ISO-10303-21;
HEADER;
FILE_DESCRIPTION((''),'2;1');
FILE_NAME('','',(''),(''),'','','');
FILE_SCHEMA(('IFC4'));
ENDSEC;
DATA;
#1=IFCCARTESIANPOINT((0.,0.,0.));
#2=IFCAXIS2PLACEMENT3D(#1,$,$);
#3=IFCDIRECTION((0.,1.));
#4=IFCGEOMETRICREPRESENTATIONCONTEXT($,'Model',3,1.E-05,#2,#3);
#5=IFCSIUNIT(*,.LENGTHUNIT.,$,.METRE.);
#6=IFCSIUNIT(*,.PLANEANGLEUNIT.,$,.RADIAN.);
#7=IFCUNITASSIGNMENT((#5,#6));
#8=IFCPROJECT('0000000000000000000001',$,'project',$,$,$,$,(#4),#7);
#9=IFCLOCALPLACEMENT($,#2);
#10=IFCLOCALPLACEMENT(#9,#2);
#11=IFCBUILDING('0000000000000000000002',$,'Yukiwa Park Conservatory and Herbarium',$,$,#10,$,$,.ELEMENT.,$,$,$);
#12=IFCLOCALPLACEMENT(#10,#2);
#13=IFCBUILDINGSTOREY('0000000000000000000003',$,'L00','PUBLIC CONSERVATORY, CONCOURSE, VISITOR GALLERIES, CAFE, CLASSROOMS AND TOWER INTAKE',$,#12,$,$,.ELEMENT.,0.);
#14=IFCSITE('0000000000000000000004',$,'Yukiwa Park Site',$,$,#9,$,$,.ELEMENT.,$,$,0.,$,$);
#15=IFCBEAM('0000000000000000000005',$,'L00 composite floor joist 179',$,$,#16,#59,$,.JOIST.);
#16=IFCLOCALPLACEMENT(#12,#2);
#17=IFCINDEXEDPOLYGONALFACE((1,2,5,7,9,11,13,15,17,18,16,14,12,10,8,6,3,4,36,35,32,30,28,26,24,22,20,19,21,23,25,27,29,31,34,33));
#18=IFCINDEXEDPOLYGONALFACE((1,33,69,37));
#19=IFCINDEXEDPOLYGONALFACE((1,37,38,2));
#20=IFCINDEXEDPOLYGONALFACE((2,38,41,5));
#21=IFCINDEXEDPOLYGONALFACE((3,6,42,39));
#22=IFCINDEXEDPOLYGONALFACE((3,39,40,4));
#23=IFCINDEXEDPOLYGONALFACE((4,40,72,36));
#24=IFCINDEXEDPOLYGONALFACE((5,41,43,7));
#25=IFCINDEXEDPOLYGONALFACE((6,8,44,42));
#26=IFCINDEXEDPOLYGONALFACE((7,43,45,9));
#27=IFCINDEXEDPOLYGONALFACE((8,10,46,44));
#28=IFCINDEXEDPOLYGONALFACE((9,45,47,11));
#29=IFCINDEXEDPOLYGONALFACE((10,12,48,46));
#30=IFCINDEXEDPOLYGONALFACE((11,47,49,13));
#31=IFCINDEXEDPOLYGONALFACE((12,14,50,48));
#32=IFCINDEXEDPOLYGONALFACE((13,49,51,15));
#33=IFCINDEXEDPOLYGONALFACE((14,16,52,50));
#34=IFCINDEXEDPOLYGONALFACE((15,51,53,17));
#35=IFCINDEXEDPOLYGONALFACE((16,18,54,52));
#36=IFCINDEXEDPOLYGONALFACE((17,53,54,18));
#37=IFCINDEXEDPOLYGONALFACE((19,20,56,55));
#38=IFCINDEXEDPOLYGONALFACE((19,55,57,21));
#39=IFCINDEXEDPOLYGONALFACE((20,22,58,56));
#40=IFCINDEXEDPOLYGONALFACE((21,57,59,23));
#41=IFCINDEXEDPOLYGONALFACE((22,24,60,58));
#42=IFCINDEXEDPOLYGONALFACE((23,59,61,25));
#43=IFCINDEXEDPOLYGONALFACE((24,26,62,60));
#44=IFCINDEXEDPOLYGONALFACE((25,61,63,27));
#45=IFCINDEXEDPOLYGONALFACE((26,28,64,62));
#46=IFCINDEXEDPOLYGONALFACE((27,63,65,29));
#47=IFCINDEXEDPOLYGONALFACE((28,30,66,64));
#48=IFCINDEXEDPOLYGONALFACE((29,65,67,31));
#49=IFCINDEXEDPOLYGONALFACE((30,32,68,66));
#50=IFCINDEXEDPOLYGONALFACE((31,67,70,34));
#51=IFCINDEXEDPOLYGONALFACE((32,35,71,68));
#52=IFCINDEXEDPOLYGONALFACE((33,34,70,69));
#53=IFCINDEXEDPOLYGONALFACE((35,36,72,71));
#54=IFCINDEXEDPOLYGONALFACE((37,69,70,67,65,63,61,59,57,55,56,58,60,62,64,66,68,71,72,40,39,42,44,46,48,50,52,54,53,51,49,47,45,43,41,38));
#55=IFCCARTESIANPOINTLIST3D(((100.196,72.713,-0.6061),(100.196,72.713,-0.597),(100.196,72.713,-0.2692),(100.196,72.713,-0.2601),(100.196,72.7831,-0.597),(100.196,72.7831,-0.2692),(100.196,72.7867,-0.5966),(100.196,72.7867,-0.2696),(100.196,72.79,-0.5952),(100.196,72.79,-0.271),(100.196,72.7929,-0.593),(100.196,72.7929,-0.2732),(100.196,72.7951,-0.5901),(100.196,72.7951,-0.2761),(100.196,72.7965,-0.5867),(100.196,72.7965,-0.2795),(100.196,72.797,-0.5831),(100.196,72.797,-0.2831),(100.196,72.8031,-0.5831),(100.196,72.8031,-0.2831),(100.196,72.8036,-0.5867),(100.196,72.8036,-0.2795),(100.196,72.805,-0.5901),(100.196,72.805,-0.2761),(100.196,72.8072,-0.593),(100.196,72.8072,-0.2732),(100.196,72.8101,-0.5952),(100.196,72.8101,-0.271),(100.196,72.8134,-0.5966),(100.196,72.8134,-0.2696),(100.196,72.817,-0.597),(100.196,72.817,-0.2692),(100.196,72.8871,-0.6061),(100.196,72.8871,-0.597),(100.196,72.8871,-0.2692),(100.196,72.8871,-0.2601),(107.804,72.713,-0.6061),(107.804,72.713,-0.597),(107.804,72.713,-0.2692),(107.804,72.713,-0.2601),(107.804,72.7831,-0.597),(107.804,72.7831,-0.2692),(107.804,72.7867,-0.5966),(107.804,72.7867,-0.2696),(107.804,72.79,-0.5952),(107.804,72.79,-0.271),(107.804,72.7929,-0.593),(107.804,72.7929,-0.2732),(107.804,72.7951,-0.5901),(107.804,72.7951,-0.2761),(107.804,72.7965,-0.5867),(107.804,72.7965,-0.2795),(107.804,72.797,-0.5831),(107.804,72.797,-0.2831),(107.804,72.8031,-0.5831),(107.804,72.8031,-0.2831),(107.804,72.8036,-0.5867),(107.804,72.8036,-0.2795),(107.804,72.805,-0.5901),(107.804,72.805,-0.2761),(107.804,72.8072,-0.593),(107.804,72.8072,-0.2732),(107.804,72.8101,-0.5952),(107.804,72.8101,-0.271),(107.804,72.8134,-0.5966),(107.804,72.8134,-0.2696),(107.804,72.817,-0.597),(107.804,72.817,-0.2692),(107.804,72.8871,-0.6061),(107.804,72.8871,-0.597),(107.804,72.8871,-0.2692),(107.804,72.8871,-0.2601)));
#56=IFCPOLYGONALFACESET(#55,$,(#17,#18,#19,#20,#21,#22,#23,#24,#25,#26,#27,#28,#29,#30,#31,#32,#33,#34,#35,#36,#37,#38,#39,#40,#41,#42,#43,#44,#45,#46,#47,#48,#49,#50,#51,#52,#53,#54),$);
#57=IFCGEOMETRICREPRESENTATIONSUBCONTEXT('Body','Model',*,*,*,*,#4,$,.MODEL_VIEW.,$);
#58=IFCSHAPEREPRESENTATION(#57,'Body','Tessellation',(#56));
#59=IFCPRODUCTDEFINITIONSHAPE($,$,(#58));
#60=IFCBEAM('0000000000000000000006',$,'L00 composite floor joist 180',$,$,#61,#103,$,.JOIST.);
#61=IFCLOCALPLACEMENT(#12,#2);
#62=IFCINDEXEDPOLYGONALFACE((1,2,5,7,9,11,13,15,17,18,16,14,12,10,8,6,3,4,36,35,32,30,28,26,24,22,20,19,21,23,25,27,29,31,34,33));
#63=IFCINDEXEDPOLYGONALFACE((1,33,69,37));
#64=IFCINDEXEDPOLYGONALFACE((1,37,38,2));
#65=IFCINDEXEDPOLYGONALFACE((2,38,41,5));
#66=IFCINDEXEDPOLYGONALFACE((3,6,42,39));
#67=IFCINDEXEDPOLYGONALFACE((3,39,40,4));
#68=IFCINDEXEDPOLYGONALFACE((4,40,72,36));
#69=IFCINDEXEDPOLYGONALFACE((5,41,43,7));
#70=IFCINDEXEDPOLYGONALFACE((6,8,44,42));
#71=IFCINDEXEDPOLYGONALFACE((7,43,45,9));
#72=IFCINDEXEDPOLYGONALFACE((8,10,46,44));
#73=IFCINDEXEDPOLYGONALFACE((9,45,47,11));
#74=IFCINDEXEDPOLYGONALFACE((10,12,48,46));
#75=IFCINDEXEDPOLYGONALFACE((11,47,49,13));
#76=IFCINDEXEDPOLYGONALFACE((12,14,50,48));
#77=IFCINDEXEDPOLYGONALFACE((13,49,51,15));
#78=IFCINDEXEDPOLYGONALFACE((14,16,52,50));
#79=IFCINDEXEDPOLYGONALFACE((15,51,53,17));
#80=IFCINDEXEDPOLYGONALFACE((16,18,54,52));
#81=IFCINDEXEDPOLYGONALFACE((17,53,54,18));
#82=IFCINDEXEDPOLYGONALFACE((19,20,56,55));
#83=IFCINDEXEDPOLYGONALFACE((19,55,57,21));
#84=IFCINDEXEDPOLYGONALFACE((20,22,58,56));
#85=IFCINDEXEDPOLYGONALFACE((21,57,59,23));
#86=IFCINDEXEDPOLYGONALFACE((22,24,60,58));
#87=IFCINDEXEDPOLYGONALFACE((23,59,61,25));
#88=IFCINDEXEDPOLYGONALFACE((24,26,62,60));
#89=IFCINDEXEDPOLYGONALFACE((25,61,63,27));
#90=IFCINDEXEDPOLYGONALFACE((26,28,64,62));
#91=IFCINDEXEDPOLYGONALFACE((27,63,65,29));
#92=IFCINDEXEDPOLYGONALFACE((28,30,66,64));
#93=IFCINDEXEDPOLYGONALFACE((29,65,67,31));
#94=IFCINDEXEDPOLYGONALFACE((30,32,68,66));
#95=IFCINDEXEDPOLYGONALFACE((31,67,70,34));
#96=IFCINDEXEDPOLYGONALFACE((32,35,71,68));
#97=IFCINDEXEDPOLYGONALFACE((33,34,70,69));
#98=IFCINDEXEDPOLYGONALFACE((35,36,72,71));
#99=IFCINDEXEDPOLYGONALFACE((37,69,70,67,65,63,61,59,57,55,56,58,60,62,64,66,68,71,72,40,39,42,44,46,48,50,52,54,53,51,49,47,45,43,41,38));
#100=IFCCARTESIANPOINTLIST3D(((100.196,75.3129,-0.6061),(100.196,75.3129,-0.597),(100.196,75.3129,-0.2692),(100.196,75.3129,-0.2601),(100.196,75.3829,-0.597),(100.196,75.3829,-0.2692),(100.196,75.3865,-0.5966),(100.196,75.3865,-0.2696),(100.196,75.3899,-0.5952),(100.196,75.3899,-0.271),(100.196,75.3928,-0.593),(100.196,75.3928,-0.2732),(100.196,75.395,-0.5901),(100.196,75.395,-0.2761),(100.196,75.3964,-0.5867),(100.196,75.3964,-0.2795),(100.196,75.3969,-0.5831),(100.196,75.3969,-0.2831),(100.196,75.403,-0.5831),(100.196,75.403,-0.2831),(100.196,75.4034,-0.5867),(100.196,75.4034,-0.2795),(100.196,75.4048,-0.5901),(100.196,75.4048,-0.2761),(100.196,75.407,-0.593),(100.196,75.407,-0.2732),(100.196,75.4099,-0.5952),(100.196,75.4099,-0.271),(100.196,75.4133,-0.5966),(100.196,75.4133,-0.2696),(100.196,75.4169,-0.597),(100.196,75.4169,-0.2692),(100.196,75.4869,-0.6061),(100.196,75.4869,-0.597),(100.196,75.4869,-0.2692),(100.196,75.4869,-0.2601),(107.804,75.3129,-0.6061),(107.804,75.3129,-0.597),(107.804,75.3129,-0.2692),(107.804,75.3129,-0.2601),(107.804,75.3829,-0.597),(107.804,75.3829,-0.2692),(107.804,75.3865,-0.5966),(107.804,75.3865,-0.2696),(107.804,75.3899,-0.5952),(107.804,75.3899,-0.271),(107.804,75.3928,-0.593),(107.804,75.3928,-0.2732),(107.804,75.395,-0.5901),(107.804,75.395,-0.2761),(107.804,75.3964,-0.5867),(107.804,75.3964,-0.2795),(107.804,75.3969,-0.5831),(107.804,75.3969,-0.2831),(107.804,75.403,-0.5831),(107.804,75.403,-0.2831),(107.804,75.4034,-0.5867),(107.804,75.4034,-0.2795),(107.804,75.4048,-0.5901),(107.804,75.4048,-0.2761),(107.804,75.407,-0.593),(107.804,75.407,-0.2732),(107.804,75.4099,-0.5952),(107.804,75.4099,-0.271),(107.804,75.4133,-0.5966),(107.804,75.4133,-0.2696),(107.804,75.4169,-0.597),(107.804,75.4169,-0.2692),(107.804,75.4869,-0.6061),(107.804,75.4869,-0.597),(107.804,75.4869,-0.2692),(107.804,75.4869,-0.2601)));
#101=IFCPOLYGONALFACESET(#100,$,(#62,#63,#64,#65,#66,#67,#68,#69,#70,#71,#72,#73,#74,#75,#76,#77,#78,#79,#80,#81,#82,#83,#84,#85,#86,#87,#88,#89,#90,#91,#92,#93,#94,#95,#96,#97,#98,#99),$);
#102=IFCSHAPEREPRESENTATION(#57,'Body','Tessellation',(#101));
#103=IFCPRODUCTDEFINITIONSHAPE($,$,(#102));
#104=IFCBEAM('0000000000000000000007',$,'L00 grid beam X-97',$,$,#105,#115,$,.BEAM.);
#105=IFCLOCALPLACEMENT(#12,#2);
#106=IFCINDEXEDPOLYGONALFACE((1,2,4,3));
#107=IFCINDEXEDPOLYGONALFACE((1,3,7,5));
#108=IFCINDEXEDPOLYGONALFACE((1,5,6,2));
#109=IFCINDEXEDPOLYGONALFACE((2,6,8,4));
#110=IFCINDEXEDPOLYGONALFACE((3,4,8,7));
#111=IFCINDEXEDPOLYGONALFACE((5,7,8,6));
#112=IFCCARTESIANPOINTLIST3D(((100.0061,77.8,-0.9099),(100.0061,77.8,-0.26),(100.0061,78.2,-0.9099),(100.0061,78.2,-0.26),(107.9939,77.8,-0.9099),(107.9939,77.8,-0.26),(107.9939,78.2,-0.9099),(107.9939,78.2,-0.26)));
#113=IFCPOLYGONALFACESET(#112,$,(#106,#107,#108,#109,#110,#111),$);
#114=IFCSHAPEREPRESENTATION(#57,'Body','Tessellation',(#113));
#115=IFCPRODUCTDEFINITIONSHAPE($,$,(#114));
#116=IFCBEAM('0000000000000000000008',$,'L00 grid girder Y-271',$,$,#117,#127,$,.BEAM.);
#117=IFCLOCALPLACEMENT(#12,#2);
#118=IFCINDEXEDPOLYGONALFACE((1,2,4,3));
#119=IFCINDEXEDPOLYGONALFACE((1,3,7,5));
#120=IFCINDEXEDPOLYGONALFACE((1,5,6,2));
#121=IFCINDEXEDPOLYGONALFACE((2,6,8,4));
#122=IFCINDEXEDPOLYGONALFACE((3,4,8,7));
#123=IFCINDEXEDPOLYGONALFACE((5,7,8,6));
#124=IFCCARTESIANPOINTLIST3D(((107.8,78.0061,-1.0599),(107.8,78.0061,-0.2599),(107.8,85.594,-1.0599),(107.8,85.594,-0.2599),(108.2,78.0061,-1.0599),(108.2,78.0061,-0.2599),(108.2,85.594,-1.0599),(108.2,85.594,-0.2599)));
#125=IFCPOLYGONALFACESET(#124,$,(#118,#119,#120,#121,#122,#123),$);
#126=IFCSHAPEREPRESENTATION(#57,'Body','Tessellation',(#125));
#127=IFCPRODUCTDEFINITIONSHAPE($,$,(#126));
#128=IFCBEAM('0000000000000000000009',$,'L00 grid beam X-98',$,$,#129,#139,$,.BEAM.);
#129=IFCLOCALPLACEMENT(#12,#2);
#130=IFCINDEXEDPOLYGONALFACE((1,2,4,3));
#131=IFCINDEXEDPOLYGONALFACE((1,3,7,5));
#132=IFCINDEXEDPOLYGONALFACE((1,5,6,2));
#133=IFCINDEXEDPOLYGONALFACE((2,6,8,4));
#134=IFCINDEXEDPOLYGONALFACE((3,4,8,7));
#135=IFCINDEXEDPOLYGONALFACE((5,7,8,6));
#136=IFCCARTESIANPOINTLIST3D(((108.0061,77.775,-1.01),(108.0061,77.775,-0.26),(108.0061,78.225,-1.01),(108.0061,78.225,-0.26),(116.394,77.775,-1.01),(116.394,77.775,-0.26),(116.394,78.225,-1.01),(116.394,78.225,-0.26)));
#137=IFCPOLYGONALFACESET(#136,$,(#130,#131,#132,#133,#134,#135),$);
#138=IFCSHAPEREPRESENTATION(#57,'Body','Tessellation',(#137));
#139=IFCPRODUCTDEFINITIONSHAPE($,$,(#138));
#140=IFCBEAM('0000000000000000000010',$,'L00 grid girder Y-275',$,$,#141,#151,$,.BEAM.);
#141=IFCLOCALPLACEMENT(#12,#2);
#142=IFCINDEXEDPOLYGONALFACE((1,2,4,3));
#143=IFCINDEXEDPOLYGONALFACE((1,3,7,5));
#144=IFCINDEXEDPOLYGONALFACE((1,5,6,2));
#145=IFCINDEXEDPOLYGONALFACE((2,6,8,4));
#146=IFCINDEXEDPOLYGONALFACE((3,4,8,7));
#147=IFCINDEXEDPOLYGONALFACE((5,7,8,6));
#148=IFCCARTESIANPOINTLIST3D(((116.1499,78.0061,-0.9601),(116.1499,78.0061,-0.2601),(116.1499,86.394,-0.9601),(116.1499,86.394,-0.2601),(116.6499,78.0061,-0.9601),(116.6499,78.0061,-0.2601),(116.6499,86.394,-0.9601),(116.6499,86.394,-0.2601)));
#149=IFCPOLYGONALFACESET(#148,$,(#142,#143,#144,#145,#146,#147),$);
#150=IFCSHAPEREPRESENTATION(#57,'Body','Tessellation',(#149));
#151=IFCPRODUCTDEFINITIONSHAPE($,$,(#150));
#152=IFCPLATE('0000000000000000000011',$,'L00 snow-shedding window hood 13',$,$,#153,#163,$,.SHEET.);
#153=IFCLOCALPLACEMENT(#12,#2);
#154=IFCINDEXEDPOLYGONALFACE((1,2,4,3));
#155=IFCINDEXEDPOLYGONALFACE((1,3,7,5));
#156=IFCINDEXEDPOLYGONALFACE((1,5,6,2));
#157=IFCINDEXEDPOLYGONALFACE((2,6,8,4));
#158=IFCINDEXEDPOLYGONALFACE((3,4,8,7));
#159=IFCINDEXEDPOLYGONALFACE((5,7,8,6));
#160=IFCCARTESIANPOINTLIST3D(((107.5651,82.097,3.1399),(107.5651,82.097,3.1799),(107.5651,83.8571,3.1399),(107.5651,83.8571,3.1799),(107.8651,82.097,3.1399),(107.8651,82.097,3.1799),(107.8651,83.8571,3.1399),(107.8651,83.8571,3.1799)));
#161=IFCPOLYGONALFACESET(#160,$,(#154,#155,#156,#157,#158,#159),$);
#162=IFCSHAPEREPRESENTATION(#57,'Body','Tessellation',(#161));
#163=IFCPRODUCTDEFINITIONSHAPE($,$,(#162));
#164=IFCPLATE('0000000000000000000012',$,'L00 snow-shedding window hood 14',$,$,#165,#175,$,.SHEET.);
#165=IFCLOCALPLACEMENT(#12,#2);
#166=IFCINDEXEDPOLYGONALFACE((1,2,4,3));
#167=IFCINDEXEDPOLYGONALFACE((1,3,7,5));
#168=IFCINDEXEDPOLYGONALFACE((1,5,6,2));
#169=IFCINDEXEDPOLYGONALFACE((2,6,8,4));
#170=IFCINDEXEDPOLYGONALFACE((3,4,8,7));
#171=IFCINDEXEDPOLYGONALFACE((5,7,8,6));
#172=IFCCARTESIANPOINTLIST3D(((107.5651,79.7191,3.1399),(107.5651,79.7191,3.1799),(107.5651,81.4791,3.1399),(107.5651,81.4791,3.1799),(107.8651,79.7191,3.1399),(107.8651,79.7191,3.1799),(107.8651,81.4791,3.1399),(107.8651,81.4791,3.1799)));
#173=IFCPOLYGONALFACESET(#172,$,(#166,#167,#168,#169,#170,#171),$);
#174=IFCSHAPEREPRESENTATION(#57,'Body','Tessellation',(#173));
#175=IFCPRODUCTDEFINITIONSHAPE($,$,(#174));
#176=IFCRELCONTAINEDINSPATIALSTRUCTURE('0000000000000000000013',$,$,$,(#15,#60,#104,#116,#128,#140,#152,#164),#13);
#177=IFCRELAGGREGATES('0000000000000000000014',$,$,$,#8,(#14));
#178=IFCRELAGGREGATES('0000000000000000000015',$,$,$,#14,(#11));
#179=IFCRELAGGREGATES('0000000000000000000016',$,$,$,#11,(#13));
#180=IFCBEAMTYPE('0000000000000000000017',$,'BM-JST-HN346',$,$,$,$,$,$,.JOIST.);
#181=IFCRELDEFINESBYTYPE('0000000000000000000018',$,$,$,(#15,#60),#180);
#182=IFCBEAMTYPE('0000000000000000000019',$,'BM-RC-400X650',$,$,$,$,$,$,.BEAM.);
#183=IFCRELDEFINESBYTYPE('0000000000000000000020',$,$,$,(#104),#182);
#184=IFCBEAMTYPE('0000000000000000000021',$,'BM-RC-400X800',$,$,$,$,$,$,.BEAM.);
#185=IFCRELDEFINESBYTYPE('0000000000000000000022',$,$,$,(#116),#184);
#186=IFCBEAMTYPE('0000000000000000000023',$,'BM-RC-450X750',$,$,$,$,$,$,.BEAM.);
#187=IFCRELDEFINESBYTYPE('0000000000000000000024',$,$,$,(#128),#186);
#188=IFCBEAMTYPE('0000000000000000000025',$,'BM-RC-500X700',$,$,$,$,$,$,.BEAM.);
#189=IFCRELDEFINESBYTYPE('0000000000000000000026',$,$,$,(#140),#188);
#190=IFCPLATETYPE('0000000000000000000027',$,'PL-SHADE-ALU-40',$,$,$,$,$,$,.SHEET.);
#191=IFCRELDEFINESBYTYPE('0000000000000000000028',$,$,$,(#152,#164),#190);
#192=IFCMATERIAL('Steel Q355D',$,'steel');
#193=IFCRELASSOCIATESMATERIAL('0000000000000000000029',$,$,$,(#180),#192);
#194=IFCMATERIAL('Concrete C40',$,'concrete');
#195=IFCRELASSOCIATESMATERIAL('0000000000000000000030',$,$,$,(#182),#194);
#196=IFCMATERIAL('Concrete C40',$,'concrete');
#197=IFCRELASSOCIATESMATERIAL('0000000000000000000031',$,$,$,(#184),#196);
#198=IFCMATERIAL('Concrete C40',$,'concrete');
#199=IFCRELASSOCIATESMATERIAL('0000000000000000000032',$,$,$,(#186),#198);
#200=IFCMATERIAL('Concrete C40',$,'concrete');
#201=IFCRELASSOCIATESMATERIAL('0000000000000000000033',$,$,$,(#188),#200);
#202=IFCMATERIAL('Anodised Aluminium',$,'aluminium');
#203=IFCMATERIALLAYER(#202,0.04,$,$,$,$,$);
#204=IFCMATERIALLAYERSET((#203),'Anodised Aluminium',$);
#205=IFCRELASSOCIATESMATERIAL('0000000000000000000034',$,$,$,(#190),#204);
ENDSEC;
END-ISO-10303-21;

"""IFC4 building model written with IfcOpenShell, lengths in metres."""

from ifc_helpers import new_model, si_unit, direction, frame, origin, origin_2d, place, context, subcontext, project, spatial, rectangle, i_section, extrude, material, layer, layer_set, material_profile, profile_set, type_object, element, save


model = new_model("IFC4")

# Units and contexts
model_context = context("Model", 3, precision=1e-05, world=origin(), true_north=direction((0.0, 1.0)))
body_context = subcontext(model_context, "Body", "Model", "MODEL_VIEW")
ifc_project = project(units=[si_unit("LENGTHUNIT", "METRE"), si_unit("PLANEANGLEUNIT", "RADIAN")], contexts=[model_context])

# Site, building, storey
site_placement = place(None, origin())
site = spatial("IfcSite", under=ifc_project, at=site_placement, Name="Yukiwa Park Site", CompositionType="ELEMENT", RefElevation=0.0)
building_placement = place(site_placement, origin())
building = spatial("IfcBuilding", under=site, at=building_placement, Name="Yukiwa Park Conservatory and Herbarium", CompositionType="ELEMENT")
storey_placement = place(building_placement, origin())
storey = spatial("IfcBuildingStorey", under=building, at=storey_placement, Name="L00", Description="PUBLIC CONSERVATORY, CONCOURSE, VISITOR GALLERIES, CAFE, CLASSROOMS AND TOWER INTAKE", CompositionType="ELEMENT", Elevation=0.0)

# Beams
ifc_material_1 = material(Name="Steel Q355D", Category="steel")
ifc_material_profile_1 = material_profile(ifc_material_1, i_section(OverallWidth=0.1741, OverallDepth=0.3459, WebThickness=0.0061, FlangeThickness=0.009, FilletRadius=0.0139, at=origin_2d()), Name="HN 346x174x6x9")
ifc_profile_set_1 = profile_set([ifc_material_profile_1], Name="Steel Q355D")
beam_type_1 = type_object("IfcBeamType", Name="BM-JST-HN346", PredefinedType="JOIST", material=ifc_profile_set_1)
for number, where, z_axis, x_axis, name in (
    (1, (100.196, 72.8, -0.4331), (1.0, 0.0, 0.0), (0.0, 1.0, 0.0), "L00 composite floor joist 179"),
    (2, (100.196, 75.3999, -0.4331), (1.0, 0.0, 0.0), (0.0, 1.0, 0.0), "L00 composite floor joist 180"),
):
    element("IfcBeam", number, at=place(storey_placement, frame(where, z_axis=z_axis, x_axis=x_axis)), inside=storey, type_object=beam_type_1, Name=name, PredefinedType="JOIST", context=body_context, shape_type="SweptSolid", body=[
        extrude(i_section(OverallWidth=0.1741, OverallDepth=0.3459, WebThickness=0.0061, FlangeThickness=0.009, FilletRadius=0.0139, at=origin_2d()), origin(), (0.0, 0.0, 1.0), 7.6079),
    ])
ifc_material_2 = material(Name="Concrete C40", Category="concrete")
ifc_material_profile_2 = material_profile(ifc_material_2, rectangle(XDim=0.3999, YDim=0.6499, at=origin_2d()), Name="RC 400x650")
ifc_profile_set_2 = profile_set([ifc_material_profile_2], Name="Concrete C40")
beam_type_2 = type_object("IfcBeamType", Name="BM-RC-400X650", PredefinedType="BEAM", material=ifc_profile_set_2)
beam_1_placement = place(storey_placement, frame((100.0061, 78.0, -0.585), z_axis=(1.0, 0.0, 0.0), x_axis=(0.0, 1.0, 0.0)))
element("IfcBeam", 3, at=beam_1_placement, inside=storey, type_object=beam_type_2, Name="L00 grid beam X-97", PredefinedType="BEAM", context=body_context, shape_type="SweptSolid", body=[
    extrude(rectangle(XDim=0.3999, YDim=0.6499, at=origin_2d()), origin(), (0.0, 0.0, 1.0), 7.9878),
])
ifc_material_3 = material(Name="Concrete C40", Category="concrete")
ifc_material_profile_3 = material_profile(ifc_material_3, rectangle(XDim=0.3999, YDim=0.8, at=origin_2d()), Name="RC 400x800")
ifc_profile_set_3 = profile_set([ifc_material_profile_3], Name="Concrete C40")
beam_type_3 = type_object("IfcBeamType", Name="BM-RC-400X800", PredefinedType="BEAM", material=ifc_profile_set_3)
beam_2_placement = place(storey_placement, frame((108.0, 78.0061, -0.6599), z_axis=(0.0, 1.0, 0.0), x_axis=(-1.0, 0.0, 0.0)))
element("IfcBeam", 4, at=beam_2_placement, inside=storey, type_object=beam_type_3, Name="L00 grid girder Y-271", PredefinedType="BEAM", context=body_context, shape_type="SweptSolid", body=[
    extrude(rectangle(XDim=0.3999, YDim=0.8, at=origin_2d()), origin(), (0.0, 0.0, 1.0), 7.5879),
])
ifc_material_4 = material(Name="Concrete C40", Category="concrete")
ifc_material_profile_4 = material_profile(ifc_material_4, rectangle(XDim=0.45, YDim=0.75, at=origin_2d()), Name="RC 450x750")
ifc_profile_set_4 = profile_set([ifc_material_profile_4], Name="Concrete C40")
beam_type_4 = type_object("IfcBeamType", Name="BM-RC-450X750", PredefinedType="BEAM", material=ifc_profile_set_4)
beam_3_placement = place(storey_placement, frame((108.0061, 78.0, -0.635), z_axis=(1.0, 0.0, 0.0), x_axis=(0.0, 1.0, 0.0)))
element("IfcBeam", 5, at=beam_3_placement, inside=storey, type_object=beam_type_4, Name="L00 grid beam X-98", PredefinedType="BEAM", context=body_context, shape_type="SweptSolid", body=[
    extrude(rectangle(XDim=0.45, YDim=0.75, at=origin_2d()), origin(), (0.0, 0.0, 1.0), 8.3879),
])
ifc_material_5 = material(Name="Concrete C40", Category="concrete")
ifc_material_profile_5 = material_profile(ifc_material_5, rectangle(XDim=0.5, YDim=0.7, at=origin_2d()), Name="RC 500x700")
ifc_profile_set_5 = profile_set([ifc_material_profile_5], Name="Concrete C40")
beam_type_5 = type_object("IfcBeamType", Name="BM-RC-500X700", PredefinedType="BEAM", material=ifc_profile_set_5)
beam_4_placement = place(storey_placement, frame((116.3999, 78.0061, -0.6101), z_axis=(0.0, 1.0, 0.0), x_axis=(-1.0, 0.0, 0.0)))
element("IfcBeam", 6, at=beam_4_placement, inside=storey, type_object=beam_type_5, Name="L00 grid girder Y-275", PredefinedType="BEAM", context=body_context, shape_type="SweptSolid", body=[
    extrude(rectangle(XDim=0.5, YDim=0.7, at=origin_2d()), origin(), (0.0, 0.0, 1.0), 8.3879),
])

# Plates
ifc_material_6 = material(Name="Anodised Aluminium", Category="aluminium")
ifc_layer_1 = layer(ifc_material_6, 0.04)
ifc_layer_set_1 = layer_set([ifc_layer_1], Name="Anodised Aluminium")
plate_type = type_object("IfcPlateType", Name="PL-SHADE-ALU-40", PredefinedType="SHEET", material=ifc_layer_set_1)
for number, where, z_axis, x_axis, name in (
    (7, (107.7151, 82.9771, 3.1399), (0.0, 0.0, 1.0), (0.0, -1.0, 0.0), "L00 snow-shedding window hood 13"),
    (8, (107.7151, 80.5991, 3.1399), (0.0, 0.0, 1.0), (0.0, -1.0, 0.0), "L00 snow-shedding window hood 14"),
):
    element("IfcPlate", number, at=place(storey_placement, frame(where, z_axis=z_axis, x_axis=x_axis)), inside=storey, type_object=plate_type, Name=name, PredefinedType="SHEET", context=body_context, shape_type="SweptSolid", body=[
        extrude(rectangle(XDim=1.76, YDim=0.3, at=origin_2d()), origin(), (0.0, 0.0, 1.0), 0.04),
    ])

save(model, "model.ifc")
